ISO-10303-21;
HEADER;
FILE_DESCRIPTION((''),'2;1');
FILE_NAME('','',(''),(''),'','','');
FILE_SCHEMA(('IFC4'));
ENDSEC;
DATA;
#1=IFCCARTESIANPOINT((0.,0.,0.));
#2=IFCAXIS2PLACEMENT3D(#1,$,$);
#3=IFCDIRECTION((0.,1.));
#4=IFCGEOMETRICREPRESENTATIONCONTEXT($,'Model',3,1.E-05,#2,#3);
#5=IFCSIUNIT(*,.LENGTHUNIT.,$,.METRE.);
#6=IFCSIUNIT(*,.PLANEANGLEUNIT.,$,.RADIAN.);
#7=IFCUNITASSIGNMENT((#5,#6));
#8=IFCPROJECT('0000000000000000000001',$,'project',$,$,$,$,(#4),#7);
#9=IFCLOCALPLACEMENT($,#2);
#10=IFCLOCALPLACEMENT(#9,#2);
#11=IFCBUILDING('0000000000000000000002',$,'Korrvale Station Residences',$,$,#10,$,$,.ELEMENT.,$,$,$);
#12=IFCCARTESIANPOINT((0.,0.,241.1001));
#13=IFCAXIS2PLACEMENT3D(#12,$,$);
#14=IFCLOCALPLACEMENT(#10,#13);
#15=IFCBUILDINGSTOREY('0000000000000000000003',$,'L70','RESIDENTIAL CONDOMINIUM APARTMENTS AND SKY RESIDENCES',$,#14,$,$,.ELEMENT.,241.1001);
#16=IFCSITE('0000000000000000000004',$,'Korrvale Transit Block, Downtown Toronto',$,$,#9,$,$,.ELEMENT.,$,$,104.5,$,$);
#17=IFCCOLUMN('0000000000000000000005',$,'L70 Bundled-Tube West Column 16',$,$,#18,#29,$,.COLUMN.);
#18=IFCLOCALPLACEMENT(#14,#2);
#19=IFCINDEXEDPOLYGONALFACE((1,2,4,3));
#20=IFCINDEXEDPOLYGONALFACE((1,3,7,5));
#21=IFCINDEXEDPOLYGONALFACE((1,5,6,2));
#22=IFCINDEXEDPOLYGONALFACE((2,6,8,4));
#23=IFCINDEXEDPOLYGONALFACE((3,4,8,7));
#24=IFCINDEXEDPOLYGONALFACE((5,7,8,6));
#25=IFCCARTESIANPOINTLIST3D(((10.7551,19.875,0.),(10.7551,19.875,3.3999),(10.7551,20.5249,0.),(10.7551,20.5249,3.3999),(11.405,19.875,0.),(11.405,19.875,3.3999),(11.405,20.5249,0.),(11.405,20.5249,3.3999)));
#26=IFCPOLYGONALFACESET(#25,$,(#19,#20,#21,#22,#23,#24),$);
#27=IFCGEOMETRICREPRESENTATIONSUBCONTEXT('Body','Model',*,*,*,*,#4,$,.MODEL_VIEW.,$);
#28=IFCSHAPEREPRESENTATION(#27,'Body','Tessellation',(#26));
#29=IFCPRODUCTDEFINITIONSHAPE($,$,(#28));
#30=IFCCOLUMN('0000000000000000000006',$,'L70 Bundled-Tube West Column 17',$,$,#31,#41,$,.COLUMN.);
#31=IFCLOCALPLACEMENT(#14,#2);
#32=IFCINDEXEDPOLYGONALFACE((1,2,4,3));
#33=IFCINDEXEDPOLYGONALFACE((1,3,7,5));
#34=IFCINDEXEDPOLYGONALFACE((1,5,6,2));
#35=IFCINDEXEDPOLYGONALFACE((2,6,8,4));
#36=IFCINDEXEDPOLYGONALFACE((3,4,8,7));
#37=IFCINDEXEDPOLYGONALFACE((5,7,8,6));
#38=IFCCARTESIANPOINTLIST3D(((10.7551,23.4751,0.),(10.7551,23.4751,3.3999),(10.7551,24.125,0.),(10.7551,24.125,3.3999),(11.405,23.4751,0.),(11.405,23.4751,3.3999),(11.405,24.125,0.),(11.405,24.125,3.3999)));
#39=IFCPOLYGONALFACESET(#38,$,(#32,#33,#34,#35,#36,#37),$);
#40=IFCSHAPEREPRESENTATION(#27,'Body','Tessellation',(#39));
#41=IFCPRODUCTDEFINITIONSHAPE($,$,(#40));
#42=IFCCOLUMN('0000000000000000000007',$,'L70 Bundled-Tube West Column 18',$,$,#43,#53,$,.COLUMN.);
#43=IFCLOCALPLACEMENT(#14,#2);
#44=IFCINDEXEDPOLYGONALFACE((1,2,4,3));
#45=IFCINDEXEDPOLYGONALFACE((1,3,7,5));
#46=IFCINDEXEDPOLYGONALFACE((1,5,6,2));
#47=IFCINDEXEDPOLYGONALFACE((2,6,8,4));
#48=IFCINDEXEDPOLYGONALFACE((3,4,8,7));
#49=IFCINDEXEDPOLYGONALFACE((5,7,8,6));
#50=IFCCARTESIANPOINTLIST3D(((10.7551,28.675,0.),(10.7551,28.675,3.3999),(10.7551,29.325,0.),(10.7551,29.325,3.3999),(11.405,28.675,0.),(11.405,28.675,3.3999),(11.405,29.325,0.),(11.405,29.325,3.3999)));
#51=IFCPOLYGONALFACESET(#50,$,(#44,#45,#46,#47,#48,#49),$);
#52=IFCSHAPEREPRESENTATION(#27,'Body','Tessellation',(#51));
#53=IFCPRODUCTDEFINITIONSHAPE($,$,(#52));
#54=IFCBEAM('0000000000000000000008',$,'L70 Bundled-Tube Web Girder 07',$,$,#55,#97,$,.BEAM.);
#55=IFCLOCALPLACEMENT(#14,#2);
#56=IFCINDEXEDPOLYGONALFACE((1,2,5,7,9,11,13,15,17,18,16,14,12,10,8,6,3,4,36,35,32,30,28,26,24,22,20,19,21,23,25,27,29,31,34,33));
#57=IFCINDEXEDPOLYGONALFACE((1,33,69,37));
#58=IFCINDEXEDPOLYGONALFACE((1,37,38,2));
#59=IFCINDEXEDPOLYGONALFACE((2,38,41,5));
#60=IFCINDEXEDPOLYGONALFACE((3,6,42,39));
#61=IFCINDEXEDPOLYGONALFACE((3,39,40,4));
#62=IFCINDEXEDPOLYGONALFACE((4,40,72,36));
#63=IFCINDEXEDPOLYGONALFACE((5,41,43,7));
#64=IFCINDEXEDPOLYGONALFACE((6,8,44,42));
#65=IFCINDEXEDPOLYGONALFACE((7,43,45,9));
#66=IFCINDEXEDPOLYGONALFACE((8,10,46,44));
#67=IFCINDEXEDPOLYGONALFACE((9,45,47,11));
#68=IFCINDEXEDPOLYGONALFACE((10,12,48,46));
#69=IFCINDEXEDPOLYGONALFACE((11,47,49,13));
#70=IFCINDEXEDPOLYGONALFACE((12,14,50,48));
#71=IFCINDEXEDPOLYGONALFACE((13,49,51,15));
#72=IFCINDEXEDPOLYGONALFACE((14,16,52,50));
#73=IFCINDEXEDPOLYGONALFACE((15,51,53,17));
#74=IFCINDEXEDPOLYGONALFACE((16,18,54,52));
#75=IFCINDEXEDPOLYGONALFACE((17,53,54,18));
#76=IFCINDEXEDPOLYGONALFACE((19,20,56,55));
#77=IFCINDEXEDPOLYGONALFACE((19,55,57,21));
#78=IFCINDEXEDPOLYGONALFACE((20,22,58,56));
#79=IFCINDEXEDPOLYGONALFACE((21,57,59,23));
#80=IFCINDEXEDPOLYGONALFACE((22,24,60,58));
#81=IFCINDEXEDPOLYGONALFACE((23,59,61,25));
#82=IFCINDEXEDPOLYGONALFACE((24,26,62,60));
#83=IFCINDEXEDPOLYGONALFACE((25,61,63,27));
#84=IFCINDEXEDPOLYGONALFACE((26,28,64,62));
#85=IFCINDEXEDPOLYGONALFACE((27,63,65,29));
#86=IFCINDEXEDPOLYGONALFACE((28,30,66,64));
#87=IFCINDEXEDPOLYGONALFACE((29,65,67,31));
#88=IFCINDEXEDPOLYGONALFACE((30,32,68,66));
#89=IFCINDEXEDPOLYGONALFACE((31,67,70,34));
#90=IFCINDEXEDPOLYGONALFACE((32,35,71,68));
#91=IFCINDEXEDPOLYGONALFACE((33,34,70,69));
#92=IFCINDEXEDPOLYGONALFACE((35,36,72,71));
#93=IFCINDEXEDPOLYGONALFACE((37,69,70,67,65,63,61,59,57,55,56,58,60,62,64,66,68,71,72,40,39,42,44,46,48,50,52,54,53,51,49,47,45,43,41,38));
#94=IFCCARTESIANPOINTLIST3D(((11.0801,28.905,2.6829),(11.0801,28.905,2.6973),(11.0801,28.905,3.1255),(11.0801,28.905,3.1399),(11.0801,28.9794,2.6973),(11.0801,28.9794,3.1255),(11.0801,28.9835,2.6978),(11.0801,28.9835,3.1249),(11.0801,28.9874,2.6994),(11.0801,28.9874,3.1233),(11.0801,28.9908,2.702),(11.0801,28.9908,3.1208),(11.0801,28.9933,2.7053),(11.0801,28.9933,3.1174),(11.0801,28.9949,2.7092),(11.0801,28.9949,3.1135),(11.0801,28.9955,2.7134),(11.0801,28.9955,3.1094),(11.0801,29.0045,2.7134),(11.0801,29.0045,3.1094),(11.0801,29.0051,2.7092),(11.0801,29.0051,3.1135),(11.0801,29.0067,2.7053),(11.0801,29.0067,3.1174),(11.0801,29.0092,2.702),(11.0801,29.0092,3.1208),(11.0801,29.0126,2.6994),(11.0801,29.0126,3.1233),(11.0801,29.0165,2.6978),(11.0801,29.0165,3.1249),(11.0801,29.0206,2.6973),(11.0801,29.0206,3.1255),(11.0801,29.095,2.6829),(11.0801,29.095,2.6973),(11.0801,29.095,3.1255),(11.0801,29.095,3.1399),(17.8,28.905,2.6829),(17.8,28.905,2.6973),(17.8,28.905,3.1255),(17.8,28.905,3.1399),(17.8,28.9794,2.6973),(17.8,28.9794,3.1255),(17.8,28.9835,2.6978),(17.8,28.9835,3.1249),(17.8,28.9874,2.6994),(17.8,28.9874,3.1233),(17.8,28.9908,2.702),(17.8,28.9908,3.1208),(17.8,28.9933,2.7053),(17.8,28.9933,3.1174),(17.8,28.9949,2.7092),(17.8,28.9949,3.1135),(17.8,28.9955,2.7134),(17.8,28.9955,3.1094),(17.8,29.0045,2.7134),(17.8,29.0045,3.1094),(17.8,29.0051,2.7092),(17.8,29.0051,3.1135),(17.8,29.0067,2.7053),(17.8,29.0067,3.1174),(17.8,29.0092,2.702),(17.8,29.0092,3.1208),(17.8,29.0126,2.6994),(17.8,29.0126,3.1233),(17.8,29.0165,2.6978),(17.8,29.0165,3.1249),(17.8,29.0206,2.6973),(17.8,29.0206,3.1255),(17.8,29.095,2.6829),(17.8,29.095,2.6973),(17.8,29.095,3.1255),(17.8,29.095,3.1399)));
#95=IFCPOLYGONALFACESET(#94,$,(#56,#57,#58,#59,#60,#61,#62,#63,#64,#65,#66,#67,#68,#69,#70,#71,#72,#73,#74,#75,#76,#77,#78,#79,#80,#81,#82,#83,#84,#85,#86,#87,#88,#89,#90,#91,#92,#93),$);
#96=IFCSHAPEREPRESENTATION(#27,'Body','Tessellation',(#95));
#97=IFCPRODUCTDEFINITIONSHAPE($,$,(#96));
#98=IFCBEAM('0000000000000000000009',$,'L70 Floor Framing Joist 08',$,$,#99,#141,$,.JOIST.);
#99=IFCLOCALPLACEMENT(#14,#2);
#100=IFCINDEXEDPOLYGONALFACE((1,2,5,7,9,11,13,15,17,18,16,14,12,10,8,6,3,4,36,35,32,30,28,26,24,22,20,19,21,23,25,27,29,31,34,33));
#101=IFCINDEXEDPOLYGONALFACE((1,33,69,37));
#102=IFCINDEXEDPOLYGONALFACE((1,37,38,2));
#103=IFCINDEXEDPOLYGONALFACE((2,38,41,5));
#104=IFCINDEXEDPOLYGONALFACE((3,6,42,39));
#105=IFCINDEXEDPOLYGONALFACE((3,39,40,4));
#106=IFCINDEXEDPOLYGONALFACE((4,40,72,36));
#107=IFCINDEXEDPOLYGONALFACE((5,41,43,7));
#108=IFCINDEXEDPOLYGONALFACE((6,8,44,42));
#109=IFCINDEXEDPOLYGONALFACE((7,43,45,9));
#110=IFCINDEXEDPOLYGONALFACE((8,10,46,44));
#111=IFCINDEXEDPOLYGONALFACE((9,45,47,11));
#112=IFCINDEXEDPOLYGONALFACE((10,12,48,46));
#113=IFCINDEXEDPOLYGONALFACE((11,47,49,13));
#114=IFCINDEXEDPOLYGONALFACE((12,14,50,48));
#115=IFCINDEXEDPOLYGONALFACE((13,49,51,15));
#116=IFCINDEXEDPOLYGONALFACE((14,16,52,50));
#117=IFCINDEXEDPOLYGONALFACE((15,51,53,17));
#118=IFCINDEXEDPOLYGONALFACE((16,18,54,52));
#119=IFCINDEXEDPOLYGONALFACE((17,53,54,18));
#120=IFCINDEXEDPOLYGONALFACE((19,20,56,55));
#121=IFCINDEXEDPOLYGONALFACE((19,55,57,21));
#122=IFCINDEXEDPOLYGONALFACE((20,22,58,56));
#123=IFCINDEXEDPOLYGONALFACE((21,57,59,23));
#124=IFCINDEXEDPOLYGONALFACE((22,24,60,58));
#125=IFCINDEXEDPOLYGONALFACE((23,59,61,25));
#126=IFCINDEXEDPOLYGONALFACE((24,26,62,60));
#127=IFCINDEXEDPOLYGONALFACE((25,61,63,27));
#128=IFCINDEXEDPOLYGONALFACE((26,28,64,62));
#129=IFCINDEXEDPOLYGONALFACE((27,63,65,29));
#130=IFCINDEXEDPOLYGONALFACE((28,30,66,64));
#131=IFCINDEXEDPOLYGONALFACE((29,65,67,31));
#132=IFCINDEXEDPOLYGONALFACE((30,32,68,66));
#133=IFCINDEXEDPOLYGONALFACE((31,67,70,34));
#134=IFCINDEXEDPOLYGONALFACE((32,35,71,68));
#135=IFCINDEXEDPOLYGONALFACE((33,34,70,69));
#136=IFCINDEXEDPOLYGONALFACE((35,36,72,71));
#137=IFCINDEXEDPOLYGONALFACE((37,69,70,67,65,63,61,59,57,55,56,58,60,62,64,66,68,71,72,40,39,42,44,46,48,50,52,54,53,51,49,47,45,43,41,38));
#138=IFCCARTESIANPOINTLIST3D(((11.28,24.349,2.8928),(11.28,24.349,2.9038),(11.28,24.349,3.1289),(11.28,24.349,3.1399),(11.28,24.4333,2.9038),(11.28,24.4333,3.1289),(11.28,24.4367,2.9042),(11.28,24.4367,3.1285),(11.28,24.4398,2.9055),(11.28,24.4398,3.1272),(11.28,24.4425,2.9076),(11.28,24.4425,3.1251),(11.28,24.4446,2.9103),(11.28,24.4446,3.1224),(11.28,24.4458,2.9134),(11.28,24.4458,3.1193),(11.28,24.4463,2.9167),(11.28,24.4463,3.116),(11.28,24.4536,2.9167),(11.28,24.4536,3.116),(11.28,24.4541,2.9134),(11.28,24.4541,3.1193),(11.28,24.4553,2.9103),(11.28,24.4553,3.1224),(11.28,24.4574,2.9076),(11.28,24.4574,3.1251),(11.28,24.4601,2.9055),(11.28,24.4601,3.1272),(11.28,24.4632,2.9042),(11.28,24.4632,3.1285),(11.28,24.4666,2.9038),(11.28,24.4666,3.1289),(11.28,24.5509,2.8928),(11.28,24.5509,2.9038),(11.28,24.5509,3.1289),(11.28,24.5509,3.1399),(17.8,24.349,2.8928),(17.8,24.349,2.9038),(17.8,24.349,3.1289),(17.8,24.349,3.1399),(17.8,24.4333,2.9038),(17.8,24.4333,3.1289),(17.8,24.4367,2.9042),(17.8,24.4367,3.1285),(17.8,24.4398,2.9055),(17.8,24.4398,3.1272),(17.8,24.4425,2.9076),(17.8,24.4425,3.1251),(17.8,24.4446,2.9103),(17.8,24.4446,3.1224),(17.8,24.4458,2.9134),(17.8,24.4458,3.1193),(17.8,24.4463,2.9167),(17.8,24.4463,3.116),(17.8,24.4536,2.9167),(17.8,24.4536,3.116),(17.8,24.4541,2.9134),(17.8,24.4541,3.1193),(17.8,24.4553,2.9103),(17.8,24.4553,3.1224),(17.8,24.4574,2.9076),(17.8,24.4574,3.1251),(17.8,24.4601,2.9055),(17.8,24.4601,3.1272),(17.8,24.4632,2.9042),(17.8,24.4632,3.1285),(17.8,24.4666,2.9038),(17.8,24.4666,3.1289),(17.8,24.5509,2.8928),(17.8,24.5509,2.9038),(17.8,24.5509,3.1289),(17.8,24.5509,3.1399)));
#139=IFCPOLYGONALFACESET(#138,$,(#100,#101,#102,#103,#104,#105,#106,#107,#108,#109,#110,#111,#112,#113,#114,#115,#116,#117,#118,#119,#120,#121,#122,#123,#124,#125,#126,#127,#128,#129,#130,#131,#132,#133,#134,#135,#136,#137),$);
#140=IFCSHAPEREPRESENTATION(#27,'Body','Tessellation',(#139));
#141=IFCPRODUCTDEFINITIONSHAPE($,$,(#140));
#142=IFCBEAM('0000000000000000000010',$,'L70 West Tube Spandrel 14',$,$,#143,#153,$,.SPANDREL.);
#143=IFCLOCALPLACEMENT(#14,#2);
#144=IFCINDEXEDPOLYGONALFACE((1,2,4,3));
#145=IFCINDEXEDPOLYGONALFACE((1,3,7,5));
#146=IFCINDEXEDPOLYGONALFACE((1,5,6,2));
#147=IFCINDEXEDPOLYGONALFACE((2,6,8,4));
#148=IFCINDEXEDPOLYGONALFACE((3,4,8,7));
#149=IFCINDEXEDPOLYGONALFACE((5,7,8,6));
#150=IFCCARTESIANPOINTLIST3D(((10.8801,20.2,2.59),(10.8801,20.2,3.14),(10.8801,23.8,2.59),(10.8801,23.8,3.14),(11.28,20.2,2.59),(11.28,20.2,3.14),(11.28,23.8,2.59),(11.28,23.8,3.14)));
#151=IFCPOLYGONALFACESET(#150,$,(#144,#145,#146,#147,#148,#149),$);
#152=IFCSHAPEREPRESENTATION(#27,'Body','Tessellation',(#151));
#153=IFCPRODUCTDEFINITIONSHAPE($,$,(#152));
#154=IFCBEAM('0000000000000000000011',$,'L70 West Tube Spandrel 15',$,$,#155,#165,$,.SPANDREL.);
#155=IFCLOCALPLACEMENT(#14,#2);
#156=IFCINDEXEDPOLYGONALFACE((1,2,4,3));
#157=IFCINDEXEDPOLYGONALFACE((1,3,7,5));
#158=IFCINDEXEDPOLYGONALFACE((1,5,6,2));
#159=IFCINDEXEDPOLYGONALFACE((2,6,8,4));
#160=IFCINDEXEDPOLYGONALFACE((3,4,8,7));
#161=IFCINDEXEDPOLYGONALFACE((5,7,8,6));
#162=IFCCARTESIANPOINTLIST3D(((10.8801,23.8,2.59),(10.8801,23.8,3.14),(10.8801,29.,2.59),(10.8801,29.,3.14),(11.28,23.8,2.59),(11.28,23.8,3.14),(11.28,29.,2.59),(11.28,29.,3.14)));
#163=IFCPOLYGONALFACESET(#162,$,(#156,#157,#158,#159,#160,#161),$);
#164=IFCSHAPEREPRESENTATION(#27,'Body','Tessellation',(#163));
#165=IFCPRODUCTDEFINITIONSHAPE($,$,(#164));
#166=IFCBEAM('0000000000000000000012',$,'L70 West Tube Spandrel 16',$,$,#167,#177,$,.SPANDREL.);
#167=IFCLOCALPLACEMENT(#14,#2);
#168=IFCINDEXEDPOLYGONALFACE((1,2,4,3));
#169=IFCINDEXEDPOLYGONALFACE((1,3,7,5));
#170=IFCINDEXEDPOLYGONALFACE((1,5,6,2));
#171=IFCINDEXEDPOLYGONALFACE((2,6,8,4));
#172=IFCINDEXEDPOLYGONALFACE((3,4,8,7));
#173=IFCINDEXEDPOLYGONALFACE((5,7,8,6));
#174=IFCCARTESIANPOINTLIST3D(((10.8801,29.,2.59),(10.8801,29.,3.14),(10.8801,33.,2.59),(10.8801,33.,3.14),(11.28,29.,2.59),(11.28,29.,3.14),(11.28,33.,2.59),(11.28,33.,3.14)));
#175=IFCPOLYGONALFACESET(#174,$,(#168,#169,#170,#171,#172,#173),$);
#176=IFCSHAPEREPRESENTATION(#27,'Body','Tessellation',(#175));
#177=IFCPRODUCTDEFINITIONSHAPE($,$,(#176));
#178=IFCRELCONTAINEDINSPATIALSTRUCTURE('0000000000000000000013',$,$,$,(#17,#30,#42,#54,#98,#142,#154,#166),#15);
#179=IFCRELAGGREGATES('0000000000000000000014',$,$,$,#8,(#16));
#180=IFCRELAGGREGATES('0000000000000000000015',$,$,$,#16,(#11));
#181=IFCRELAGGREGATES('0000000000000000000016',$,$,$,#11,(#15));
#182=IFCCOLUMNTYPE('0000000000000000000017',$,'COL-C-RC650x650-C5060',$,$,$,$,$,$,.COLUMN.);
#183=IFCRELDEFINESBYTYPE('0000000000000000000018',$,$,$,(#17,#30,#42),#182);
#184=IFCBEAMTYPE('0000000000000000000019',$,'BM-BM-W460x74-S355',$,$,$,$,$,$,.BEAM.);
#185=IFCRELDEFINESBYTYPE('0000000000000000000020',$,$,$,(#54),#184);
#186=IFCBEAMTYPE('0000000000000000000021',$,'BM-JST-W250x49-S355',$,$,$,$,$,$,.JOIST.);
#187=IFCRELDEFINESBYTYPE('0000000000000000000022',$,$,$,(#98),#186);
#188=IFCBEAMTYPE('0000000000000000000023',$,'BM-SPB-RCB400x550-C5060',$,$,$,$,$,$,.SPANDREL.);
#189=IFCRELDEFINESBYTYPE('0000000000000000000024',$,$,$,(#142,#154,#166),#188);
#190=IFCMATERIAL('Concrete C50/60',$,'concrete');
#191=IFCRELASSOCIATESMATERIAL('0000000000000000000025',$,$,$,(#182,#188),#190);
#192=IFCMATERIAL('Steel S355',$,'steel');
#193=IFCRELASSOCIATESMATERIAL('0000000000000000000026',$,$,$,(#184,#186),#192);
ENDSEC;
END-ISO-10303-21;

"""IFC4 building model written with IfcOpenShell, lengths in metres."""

from ifc_helpers import new_model, si_unit, direction, frame, origin, origin_2d, place, context, subcontext, project, spatial, rectangle, i_section, extrude, material, material_profile, profile_set, type_object, element, save


model = new_model("IFC4")

# Units and contexts
model_context = context("Model", 3, precision=1e-05, world=origin(), true_north=direction((0.0, 1.0)))
body_context = subcontext(model_context, "Body", "Model", "MODEL_VIEW")
ifc_project = project(units=[si_unit("LENGTHUNIT", "METRE"), si_unit("PLANEANGLEUNIT", "RADIAN")], contexts=[model_context])

# Site, building, storey
site_placement = place(None, origin())
site = spatial("IfcSite", under=ifc_project, at=site_placement, Name="Korrvale Transit Block, Downtown Toronto", CompositionType="ELEMENT", RefElevation=104.5)
building_placement = place(site_placement, origin())
building = spatial("IfcBuilding", under=site, at=building_placement, Name="Korrvale Station Residences", CompositionType="ELEMENT")
storey_placement = place(building_placement, frame((0.0, 0.0, 241.1001)))
storey = spatial("IfcBuildingStorey", under=building, at=storey_placement, Name="L70", Description="RESIDENTIAL CONDOMINIUM APARTMENTS AND SKY RESIDENCES", CompositionType="ELEMENT", Elevation=241.1001)

# Columns
ifc_material_1 = material(Name="Concrete C50/60", Category="concrete")
ifc_material_profile_1 = material_profile(ifc_material_1, rectangle(XDim=0.6499, YDim=0.6499, at=origin_2d()), Name="RC650x650")
ifc_profile_set_1 = profile_set([ifc_material_profile_1], Name="Concrete C50/60")
column_type = type_object("IfcColumnType", Name="COL-C-RC650x650-C5060", PredefinedType="COLUMN", material=ifc_profile_set_1)
for number, where, z_axis, x_axis, name in (
    (1, (11.0801, 20.2, 0.0), (0.0, 0.0, 1.0), (1.0, 0.0, 0.0), "L70 Bundled-Tube West Column 16"),
    (2, (11.0801, 23.8, 0.0), (0.0, 0.0, 1.0), (1.0, 0.0, 0.0), "L70 Bundled-Tube West Column 17"),
    (3, (11.0801, 29.0, 0.0), (0.0, 0.0, 1.0), (1.0, 0.0, 0.0), "L70 Bundled-Tube West Column 18"),
):
    element("IfcColumn", number, at=place(storey_placement, frame(where, z_axis=z_axis, x_axis=x_axis)), inside=storey, type_object=column_type, Name=name, PredefinedType="COLUMN", context=body_context, shape_type="SweptSolid", body=[
        extrude(rectangle(XDim=0.6499, YDim=0.6499, at=origin_2d()), origin(), (0.0, 0.0, 1.0), 3.3999),
    ])

# Beams
ifc_material_2 = material(Name="Steel S355", Category="steel")
ifc_material_profile_2 = material_profile(ifc_material_2, i_section(OverallWidth=0.1899, OverallDepth=0.457, WebThickness=0.009, FlangeThickness=0.0144, FilletRadius=0.0161, at=origin_2d()), Name="W460x74")
ifc_profile_set_2 = profile_set([ifc_material_profile_2], Name="Steel S355")
beam_type_1 = type_object("IfcBeamType", Name="BM-BM-W460x74-S355", PredefinedType="BEAM", material=ifc_profile_set_2)
beam_1_placement = place(storey_placement, frame((11.0801, 29.0, 2.9114), z_axis=(1.0, 0.0, 0.0), x_axis=(0.0, 1.0, 0.0)))
element("IfcBeam", 4, at=beam_1_placement, inside=storey, type_object=beam_type_1, Name="L70 Bundled-Tube Web Girder 07", PredefinedType="BEAM", context=body_context, shape_type="SweptSolid", body=[
    extrude(i_section(OverallWidth=0.1899, OverallDepth=0.457, WebThickness=0.009, FlangeThickness=0.0144, FilletRadius=0.0161, at=origin_2d()), origin(), (0.0, 0.0, 1.0), 6.72),
])
ifc_material_profile_3 = material_profile(ifc_material_2, i_section(OverallWidth=0.2019, OverallDepth=0.2471, WebThickness=0.0073, FlangeThickness=0.011, FilletRadius=0.0129, at=origin_2d()), Name="W250x49")
ifc_profile_set_3 = profile_set([ifc_material_profile_3], Name="Steel S355")
beam_type_2 = type_object("IfcBeamType", Name="BM-JST-W250x49-S355", PredefinedType="JOIST", material=ifc_profile_set_3)
beam_2_placement = place(storey_placement, frame((11.28, 24.45, 3.0164), z_axis=(1.0, 0.0, 0.0), x_axis=(0.0, 1.0, 0.0)))
element("IfcBeam", 5, at=beam_2_placement, inside=storey, type_object=beam_type_2, Name="L70 Floor Framing Joist 08", PredefinedType="JOIST", context=body_context, shape_type="SweptSolid", body=[
    extrude(i_section(OverallWidth=0.2019, OverallDepth=0.2471, WebThickness=0.0073, FlangeThickness=0.011, FilletRadius=0.0129, at=origin_2d()), origin(), (0.0, 0.0, 1.0), 6.52),
])
ifc_material_profile_4 = material_profile(ifc_material_1, rectangle(XDim=0.3999, YDim=0.55, at=origin_2d()), Name="RCB400x550")
ifc_profile_set_4 = profile_set([ifc_material_profile_4], Name="Concrete C50/60")
beam_type_3 = type_object("IfcBeamType", Name="BM-SPB-RCB400x550-C5060", PredefinedType="SPANDREL", material=ifc_profile_set_4)
beam_3_placement = place(storey_placement, frame((11.0801, 20.2, 2.865), z_axis=(0.0, 1.0, 0.0), x_axis=(-1.0, 0.0, 0.0)))
element("IfcBeam", 6, at=beam_3_placement, inside=storey, type_object=beam_type_3, Name="L70 West Tube Spandrel 14", PredefinedType="SPANDREL", context=body_context, shape_type="SweptSolid", body=[
    extrude(rectangle(XDim=0.3999, YDim=0.55, at=origin_2d()), origin(), (0.0, 0.0, 1.0), 3.6001),
])
beam_4_placement = place(storey_placement, frame((11.0801, 23.8, 2.865), z_axis=(0.0, 1.0, 0.0), x_axis=(-1.0, 0.0, 0.0)))
element("IfcBeam", 7, at=beam_4_placement, inside=storey, type_object=beam_type_3, Name="L70 West Tube Spandrel 15", PredefinedType="SPANDREL", context=body_context, shape_type="SweptSolid", body=[
    extrude(rectangle(XDim=0.3999, YDim=0.55, at=origin_2d()), origin(), (0.0, 0.0, 1.0), 5.2),
])
beam_5_placement = place(storey_placement, frame((11.0801, 29.0, 2.865), z_axis=(0.0, 1.0, 0.0), x_axis=(-1.0, 0.0, 0.0)))
element("IfcBeam", 8, at=beam_5_placement, inside=storey, type_object=beam_type_3, Name="L70 West Tube Spandrel 16", PredefinedType="SPANDREL", context=body_context, shape_type="SweptSolid", body=[
    extrude(rectangle(XDim=0.3999, YDim=0.55, at=origin_2d()), origin(), (0.0, 0.0, 1.0), 4.0),
])

save(model, "model.ifc")
